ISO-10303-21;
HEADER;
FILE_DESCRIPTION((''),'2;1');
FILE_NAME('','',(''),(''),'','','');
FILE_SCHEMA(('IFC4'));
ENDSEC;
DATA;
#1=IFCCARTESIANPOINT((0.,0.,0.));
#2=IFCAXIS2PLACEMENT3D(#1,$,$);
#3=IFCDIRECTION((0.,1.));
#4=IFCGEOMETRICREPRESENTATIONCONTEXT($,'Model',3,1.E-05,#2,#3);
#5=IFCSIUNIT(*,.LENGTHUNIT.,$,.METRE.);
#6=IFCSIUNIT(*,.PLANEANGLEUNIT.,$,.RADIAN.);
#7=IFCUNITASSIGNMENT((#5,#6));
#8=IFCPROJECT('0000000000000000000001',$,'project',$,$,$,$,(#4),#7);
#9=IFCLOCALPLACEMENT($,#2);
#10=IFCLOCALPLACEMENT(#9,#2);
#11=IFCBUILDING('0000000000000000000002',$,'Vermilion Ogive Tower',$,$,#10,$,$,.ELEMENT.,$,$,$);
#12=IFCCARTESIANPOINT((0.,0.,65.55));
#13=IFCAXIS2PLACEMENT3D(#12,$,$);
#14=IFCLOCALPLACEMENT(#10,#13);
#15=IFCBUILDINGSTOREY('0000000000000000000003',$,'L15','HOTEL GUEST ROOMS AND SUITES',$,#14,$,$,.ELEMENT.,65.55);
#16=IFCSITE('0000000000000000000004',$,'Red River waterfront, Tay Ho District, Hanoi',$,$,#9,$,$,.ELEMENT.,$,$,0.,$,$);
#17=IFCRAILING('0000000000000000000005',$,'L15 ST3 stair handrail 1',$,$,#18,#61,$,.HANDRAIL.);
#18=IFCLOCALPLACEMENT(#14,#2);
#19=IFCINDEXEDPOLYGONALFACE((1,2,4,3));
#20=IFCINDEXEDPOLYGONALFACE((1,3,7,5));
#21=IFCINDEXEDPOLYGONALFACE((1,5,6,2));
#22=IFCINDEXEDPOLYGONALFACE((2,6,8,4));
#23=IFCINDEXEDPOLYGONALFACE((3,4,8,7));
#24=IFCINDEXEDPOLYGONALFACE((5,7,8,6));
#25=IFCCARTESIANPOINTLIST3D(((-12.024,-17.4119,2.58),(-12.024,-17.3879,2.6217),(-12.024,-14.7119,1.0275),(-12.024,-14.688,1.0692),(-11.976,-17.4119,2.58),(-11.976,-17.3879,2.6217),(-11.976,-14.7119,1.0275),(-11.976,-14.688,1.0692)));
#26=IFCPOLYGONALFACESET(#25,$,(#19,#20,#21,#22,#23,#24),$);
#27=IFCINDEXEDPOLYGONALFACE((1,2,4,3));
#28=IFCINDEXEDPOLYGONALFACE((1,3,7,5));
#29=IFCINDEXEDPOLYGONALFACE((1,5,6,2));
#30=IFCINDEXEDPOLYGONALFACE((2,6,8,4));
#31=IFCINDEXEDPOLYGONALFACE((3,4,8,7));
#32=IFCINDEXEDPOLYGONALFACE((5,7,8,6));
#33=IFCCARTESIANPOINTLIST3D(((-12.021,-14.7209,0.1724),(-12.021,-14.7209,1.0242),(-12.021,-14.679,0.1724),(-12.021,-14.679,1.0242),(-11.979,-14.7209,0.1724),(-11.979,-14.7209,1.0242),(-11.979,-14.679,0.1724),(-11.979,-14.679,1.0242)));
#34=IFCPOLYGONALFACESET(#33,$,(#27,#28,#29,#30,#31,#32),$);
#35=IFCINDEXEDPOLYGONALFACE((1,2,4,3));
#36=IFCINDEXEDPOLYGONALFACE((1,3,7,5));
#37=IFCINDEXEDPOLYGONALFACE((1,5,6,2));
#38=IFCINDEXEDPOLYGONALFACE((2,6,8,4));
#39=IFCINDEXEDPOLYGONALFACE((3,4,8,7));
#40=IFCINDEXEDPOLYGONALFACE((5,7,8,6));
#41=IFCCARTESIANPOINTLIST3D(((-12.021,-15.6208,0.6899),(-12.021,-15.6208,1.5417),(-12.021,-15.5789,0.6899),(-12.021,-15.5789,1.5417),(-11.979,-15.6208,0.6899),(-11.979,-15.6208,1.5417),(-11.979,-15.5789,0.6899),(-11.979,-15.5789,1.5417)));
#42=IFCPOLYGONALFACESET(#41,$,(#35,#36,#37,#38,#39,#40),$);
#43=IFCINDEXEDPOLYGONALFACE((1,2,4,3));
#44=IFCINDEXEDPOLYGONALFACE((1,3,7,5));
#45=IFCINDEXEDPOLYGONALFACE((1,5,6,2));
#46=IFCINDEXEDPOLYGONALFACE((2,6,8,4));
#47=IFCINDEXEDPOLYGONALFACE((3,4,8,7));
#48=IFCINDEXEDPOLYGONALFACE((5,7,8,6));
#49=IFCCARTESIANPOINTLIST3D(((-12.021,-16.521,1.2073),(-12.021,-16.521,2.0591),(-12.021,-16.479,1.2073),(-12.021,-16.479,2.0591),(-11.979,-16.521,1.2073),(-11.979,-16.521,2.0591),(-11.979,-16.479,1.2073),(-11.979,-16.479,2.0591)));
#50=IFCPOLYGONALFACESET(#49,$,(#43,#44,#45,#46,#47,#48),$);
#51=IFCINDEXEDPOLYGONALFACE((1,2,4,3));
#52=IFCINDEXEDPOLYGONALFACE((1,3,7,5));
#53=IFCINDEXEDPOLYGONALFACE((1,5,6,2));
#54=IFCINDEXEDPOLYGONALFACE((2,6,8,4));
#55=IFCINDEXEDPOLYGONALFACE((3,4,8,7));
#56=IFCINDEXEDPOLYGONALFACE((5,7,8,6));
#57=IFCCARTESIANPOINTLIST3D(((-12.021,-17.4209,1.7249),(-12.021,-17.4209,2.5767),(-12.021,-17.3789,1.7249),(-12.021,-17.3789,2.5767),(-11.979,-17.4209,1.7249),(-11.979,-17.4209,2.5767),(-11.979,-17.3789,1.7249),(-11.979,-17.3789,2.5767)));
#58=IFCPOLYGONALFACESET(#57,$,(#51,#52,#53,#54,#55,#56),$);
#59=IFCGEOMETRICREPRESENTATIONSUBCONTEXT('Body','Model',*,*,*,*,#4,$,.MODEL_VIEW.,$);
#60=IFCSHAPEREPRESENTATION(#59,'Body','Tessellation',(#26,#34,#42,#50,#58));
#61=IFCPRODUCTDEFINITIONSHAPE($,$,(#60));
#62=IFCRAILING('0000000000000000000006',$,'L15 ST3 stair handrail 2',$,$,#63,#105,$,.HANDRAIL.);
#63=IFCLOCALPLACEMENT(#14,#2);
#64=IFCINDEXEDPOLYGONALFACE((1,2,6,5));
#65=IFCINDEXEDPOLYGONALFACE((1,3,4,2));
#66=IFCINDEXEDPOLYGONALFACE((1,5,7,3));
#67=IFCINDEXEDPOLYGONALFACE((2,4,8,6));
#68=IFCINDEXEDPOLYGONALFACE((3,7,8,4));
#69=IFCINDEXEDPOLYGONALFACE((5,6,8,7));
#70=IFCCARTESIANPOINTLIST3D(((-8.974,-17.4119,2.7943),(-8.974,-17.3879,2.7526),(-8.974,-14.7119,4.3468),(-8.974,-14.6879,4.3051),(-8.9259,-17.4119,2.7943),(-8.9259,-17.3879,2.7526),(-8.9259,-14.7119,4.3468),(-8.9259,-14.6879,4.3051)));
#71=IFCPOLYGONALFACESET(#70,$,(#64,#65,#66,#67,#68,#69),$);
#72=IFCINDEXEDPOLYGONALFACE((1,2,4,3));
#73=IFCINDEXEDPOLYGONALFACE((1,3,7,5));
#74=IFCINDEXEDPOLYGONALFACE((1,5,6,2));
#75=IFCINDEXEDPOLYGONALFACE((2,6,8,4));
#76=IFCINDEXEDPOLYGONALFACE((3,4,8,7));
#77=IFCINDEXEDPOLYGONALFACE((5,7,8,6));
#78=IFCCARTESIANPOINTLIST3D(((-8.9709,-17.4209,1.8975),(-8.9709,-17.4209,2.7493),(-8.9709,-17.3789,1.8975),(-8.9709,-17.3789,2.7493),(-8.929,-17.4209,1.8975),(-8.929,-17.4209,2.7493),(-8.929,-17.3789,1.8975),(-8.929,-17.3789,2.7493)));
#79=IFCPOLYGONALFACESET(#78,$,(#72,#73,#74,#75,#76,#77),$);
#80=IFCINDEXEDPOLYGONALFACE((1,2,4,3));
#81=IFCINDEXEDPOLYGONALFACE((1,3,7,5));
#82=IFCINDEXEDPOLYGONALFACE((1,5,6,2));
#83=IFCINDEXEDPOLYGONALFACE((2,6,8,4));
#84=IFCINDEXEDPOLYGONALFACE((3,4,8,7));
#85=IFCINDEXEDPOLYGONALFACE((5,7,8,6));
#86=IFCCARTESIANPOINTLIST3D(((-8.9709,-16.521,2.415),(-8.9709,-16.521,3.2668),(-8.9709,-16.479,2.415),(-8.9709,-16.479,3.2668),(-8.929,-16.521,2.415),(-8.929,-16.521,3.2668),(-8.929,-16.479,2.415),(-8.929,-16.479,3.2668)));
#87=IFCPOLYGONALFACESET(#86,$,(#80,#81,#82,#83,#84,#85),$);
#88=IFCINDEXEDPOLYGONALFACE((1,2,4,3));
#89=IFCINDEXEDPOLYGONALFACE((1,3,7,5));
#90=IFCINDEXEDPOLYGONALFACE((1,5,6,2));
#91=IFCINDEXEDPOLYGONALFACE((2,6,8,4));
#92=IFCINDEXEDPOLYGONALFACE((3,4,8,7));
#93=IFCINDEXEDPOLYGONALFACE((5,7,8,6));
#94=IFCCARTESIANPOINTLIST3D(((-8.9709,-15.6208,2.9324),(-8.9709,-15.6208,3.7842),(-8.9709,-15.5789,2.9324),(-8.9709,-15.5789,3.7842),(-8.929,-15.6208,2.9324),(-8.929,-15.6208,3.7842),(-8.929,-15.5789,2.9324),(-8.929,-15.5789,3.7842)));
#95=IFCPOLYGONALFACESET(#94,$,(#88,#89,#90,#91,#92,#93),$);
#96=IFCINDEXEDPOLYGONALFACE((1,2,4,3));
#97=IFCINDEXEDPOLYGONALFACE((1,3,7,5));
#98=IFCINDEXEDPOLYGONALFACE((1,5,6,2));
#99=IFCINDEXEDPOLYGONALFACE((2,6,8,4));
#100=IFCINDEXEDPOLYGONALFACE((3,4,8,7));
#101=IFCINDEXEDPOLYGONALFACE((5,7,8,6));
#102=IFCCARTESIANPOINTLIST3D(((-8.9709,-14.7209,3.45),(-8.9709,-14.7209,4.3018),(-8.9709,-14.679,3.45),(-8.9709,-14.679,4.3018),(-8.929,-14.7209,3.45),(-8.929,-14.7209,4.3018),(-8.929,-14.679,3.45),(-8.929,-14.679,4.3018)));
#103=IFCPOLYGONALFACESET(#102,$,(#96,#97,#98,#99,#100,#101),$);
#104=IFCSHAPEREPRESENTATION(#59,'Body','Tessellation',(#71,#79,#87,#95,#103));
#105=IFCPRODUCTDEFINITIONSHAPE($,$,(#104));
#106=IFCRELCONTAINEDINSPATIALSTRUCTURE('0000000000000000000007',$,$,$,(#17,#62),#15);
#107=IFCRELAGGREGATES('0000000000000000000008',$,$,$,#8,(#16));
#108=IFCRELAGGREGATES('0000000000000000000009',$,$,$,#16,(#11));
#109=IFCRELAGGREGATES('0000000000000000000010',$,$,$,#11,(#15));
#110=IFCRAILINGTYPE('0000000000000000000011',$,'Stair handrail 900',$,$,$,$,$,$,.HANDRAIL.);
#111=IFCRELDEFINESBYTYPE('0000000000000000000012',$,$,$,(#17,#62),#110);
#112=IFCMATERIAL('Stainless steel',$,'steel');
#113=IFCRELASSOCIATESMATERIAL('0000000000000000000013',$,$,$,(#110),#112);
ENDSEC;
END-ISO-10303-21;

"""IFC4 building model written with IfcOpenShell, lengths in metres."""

from ifc_helpers import new_model, si_unit, direction, frame, origin, origin_2d, place, context, subcontext, project, spatial, rectangle, extrude, material, type_object, element, save


model = new_model("IFC4")

# Units and contexts
model_context = context("Model", 3, precision=1e-05, world=origin(), true_north=direction((0.0, 1.0)))
body_context = subcontext(model_context, "Body", "Model", "MODEL_VIEW")
ifc_project = project(units=[si_unit("LENGTHUNIT", "METRE"), si_unit("PLANEANGLEUNIT", "RADIAN")], contexts=[model_context])

# Site, building, storey
site_placement = place(None, origin())
site = spatial("IfcSite", under=ifc_project, at=site_placement, Name="Red River waterfront, Tay Ho District, Hanoi", CompositionType="ELEMENT", RefElevation=0.0)
building_placement = place(site_placement, origin())
building = spatial("IfcBuilding", under=site, at=building_placement, Name="Vermilion Ogive Tower", CompositionType="ELEMENT")
storey_placement = place(building_placement, frame((0.0, 0.0, 65.55)))
storey = spatial("IfcBuildingStorey", under=building, at=storey_placement, Name="L15", Description="HOTEL GUEST ROOMS AND SUITES", CompositionType="ELEMENT", Elevation=65.55)

# Railings
ifc_material_1 = material(Name="Stainless steel", Category="steel")
railing_type_1 = type_object("IfcRailingType", Name="Stair handrail 900", PredefinedType="HANDRAIL", material=ifc_material_1)
railing_1_placement = place(storey_placement, frame((-12.0, -14.7, 0.1724)))
element("IfcRailing", 1, at=railing_1_placement, inside=storey, type_object=railing_type_1, Name="L15 ST3 stair handrail 1", PredefinedType="HANDRAIL", context=body_context, shape_type="SweptSolid", body=[
    extrude(rectangle(XDim=0.0481, YDim=0.0481, at=origin_2d()), frame((0.0, 0.0, 0.876), z_axis=(0.0, -0.866904, 0.498476), x_axis=(1.0, 0.0, 0.0)), (0.0, 0.0, 1.0), 3.1145),
    extrude(rectangle(XDim=0.042, YDim=0.042, at=origin_2d()), origin(), (0.0, 0.0, 1.0), 0.8518),
    extrude(rectangle(XDim=0.042, YDim=0.042, at=origin_2d()), frame((0.0, -0.8999, 0.5176)), (0.0, 0.0, 1.0), 0.8518),
    extrude(rectangle(XDim=0.042, YDim=0.042, at=origin_2d()), frame((0.0, -1.8, 1.0349)), (0.0, 0.0, 1.0), 0.8518),
    extrude(rectangle(XDim=0.042, YDim=0.042, at=origin_2d()), frame((0.0, -2.7, 1.5525)), (0.0, 0.0, 1.0), 0.8518),
])
railing_2_placement = place(storey_placement, frame((-8.95, -17.3999, 1.8975)))
element("IfcRailing", 2, at=railing_2_placement, inside=storey, type_object=railing_type_1, Name="L15 ST3 stair handrail 2", PredefinedType="HANDRAIL", context=body_context, shape_type="SweptSolid", body=[
    extrude(rectangle(XDim=0.0481, YDim=0.0481, at=origin_2d()), frame((0.0, 0.0, 0.876), z_axis=(0.0, 0.866904, 0.498476), x_axis=(-1.0, 0.0, 0.0)), (0.0, 0.0, 1.0), 3.1145),
    extrude(rectangle(XDim=0.042, YDim=0.042, at=origin_2d()), origin(), (0.0, 0.0, 1.0), 0.8518),
    extrude(rectangle(XDim=0.042, YDim=0.042, at=origin_2d()), frame((0.0, 0.8999, 0.5176)), (0.0, 0.0, 1.0), 0.8518),
    extrude(rectangle(XDim=0.042, YDim=0.042, at=origin_2d()), frame((0.0, 1.8, 1.0349)), (0.0, 0.0, 1.0), 0.8518),
    extrude(rectangle(XDim=0.042, YDim=0.042, at=origin_2d()), frame((0.0, 2.7, 1.5525)), (0.0, 0.0, 1.0), 0.8518),
])

save(model, "model.ifc")
